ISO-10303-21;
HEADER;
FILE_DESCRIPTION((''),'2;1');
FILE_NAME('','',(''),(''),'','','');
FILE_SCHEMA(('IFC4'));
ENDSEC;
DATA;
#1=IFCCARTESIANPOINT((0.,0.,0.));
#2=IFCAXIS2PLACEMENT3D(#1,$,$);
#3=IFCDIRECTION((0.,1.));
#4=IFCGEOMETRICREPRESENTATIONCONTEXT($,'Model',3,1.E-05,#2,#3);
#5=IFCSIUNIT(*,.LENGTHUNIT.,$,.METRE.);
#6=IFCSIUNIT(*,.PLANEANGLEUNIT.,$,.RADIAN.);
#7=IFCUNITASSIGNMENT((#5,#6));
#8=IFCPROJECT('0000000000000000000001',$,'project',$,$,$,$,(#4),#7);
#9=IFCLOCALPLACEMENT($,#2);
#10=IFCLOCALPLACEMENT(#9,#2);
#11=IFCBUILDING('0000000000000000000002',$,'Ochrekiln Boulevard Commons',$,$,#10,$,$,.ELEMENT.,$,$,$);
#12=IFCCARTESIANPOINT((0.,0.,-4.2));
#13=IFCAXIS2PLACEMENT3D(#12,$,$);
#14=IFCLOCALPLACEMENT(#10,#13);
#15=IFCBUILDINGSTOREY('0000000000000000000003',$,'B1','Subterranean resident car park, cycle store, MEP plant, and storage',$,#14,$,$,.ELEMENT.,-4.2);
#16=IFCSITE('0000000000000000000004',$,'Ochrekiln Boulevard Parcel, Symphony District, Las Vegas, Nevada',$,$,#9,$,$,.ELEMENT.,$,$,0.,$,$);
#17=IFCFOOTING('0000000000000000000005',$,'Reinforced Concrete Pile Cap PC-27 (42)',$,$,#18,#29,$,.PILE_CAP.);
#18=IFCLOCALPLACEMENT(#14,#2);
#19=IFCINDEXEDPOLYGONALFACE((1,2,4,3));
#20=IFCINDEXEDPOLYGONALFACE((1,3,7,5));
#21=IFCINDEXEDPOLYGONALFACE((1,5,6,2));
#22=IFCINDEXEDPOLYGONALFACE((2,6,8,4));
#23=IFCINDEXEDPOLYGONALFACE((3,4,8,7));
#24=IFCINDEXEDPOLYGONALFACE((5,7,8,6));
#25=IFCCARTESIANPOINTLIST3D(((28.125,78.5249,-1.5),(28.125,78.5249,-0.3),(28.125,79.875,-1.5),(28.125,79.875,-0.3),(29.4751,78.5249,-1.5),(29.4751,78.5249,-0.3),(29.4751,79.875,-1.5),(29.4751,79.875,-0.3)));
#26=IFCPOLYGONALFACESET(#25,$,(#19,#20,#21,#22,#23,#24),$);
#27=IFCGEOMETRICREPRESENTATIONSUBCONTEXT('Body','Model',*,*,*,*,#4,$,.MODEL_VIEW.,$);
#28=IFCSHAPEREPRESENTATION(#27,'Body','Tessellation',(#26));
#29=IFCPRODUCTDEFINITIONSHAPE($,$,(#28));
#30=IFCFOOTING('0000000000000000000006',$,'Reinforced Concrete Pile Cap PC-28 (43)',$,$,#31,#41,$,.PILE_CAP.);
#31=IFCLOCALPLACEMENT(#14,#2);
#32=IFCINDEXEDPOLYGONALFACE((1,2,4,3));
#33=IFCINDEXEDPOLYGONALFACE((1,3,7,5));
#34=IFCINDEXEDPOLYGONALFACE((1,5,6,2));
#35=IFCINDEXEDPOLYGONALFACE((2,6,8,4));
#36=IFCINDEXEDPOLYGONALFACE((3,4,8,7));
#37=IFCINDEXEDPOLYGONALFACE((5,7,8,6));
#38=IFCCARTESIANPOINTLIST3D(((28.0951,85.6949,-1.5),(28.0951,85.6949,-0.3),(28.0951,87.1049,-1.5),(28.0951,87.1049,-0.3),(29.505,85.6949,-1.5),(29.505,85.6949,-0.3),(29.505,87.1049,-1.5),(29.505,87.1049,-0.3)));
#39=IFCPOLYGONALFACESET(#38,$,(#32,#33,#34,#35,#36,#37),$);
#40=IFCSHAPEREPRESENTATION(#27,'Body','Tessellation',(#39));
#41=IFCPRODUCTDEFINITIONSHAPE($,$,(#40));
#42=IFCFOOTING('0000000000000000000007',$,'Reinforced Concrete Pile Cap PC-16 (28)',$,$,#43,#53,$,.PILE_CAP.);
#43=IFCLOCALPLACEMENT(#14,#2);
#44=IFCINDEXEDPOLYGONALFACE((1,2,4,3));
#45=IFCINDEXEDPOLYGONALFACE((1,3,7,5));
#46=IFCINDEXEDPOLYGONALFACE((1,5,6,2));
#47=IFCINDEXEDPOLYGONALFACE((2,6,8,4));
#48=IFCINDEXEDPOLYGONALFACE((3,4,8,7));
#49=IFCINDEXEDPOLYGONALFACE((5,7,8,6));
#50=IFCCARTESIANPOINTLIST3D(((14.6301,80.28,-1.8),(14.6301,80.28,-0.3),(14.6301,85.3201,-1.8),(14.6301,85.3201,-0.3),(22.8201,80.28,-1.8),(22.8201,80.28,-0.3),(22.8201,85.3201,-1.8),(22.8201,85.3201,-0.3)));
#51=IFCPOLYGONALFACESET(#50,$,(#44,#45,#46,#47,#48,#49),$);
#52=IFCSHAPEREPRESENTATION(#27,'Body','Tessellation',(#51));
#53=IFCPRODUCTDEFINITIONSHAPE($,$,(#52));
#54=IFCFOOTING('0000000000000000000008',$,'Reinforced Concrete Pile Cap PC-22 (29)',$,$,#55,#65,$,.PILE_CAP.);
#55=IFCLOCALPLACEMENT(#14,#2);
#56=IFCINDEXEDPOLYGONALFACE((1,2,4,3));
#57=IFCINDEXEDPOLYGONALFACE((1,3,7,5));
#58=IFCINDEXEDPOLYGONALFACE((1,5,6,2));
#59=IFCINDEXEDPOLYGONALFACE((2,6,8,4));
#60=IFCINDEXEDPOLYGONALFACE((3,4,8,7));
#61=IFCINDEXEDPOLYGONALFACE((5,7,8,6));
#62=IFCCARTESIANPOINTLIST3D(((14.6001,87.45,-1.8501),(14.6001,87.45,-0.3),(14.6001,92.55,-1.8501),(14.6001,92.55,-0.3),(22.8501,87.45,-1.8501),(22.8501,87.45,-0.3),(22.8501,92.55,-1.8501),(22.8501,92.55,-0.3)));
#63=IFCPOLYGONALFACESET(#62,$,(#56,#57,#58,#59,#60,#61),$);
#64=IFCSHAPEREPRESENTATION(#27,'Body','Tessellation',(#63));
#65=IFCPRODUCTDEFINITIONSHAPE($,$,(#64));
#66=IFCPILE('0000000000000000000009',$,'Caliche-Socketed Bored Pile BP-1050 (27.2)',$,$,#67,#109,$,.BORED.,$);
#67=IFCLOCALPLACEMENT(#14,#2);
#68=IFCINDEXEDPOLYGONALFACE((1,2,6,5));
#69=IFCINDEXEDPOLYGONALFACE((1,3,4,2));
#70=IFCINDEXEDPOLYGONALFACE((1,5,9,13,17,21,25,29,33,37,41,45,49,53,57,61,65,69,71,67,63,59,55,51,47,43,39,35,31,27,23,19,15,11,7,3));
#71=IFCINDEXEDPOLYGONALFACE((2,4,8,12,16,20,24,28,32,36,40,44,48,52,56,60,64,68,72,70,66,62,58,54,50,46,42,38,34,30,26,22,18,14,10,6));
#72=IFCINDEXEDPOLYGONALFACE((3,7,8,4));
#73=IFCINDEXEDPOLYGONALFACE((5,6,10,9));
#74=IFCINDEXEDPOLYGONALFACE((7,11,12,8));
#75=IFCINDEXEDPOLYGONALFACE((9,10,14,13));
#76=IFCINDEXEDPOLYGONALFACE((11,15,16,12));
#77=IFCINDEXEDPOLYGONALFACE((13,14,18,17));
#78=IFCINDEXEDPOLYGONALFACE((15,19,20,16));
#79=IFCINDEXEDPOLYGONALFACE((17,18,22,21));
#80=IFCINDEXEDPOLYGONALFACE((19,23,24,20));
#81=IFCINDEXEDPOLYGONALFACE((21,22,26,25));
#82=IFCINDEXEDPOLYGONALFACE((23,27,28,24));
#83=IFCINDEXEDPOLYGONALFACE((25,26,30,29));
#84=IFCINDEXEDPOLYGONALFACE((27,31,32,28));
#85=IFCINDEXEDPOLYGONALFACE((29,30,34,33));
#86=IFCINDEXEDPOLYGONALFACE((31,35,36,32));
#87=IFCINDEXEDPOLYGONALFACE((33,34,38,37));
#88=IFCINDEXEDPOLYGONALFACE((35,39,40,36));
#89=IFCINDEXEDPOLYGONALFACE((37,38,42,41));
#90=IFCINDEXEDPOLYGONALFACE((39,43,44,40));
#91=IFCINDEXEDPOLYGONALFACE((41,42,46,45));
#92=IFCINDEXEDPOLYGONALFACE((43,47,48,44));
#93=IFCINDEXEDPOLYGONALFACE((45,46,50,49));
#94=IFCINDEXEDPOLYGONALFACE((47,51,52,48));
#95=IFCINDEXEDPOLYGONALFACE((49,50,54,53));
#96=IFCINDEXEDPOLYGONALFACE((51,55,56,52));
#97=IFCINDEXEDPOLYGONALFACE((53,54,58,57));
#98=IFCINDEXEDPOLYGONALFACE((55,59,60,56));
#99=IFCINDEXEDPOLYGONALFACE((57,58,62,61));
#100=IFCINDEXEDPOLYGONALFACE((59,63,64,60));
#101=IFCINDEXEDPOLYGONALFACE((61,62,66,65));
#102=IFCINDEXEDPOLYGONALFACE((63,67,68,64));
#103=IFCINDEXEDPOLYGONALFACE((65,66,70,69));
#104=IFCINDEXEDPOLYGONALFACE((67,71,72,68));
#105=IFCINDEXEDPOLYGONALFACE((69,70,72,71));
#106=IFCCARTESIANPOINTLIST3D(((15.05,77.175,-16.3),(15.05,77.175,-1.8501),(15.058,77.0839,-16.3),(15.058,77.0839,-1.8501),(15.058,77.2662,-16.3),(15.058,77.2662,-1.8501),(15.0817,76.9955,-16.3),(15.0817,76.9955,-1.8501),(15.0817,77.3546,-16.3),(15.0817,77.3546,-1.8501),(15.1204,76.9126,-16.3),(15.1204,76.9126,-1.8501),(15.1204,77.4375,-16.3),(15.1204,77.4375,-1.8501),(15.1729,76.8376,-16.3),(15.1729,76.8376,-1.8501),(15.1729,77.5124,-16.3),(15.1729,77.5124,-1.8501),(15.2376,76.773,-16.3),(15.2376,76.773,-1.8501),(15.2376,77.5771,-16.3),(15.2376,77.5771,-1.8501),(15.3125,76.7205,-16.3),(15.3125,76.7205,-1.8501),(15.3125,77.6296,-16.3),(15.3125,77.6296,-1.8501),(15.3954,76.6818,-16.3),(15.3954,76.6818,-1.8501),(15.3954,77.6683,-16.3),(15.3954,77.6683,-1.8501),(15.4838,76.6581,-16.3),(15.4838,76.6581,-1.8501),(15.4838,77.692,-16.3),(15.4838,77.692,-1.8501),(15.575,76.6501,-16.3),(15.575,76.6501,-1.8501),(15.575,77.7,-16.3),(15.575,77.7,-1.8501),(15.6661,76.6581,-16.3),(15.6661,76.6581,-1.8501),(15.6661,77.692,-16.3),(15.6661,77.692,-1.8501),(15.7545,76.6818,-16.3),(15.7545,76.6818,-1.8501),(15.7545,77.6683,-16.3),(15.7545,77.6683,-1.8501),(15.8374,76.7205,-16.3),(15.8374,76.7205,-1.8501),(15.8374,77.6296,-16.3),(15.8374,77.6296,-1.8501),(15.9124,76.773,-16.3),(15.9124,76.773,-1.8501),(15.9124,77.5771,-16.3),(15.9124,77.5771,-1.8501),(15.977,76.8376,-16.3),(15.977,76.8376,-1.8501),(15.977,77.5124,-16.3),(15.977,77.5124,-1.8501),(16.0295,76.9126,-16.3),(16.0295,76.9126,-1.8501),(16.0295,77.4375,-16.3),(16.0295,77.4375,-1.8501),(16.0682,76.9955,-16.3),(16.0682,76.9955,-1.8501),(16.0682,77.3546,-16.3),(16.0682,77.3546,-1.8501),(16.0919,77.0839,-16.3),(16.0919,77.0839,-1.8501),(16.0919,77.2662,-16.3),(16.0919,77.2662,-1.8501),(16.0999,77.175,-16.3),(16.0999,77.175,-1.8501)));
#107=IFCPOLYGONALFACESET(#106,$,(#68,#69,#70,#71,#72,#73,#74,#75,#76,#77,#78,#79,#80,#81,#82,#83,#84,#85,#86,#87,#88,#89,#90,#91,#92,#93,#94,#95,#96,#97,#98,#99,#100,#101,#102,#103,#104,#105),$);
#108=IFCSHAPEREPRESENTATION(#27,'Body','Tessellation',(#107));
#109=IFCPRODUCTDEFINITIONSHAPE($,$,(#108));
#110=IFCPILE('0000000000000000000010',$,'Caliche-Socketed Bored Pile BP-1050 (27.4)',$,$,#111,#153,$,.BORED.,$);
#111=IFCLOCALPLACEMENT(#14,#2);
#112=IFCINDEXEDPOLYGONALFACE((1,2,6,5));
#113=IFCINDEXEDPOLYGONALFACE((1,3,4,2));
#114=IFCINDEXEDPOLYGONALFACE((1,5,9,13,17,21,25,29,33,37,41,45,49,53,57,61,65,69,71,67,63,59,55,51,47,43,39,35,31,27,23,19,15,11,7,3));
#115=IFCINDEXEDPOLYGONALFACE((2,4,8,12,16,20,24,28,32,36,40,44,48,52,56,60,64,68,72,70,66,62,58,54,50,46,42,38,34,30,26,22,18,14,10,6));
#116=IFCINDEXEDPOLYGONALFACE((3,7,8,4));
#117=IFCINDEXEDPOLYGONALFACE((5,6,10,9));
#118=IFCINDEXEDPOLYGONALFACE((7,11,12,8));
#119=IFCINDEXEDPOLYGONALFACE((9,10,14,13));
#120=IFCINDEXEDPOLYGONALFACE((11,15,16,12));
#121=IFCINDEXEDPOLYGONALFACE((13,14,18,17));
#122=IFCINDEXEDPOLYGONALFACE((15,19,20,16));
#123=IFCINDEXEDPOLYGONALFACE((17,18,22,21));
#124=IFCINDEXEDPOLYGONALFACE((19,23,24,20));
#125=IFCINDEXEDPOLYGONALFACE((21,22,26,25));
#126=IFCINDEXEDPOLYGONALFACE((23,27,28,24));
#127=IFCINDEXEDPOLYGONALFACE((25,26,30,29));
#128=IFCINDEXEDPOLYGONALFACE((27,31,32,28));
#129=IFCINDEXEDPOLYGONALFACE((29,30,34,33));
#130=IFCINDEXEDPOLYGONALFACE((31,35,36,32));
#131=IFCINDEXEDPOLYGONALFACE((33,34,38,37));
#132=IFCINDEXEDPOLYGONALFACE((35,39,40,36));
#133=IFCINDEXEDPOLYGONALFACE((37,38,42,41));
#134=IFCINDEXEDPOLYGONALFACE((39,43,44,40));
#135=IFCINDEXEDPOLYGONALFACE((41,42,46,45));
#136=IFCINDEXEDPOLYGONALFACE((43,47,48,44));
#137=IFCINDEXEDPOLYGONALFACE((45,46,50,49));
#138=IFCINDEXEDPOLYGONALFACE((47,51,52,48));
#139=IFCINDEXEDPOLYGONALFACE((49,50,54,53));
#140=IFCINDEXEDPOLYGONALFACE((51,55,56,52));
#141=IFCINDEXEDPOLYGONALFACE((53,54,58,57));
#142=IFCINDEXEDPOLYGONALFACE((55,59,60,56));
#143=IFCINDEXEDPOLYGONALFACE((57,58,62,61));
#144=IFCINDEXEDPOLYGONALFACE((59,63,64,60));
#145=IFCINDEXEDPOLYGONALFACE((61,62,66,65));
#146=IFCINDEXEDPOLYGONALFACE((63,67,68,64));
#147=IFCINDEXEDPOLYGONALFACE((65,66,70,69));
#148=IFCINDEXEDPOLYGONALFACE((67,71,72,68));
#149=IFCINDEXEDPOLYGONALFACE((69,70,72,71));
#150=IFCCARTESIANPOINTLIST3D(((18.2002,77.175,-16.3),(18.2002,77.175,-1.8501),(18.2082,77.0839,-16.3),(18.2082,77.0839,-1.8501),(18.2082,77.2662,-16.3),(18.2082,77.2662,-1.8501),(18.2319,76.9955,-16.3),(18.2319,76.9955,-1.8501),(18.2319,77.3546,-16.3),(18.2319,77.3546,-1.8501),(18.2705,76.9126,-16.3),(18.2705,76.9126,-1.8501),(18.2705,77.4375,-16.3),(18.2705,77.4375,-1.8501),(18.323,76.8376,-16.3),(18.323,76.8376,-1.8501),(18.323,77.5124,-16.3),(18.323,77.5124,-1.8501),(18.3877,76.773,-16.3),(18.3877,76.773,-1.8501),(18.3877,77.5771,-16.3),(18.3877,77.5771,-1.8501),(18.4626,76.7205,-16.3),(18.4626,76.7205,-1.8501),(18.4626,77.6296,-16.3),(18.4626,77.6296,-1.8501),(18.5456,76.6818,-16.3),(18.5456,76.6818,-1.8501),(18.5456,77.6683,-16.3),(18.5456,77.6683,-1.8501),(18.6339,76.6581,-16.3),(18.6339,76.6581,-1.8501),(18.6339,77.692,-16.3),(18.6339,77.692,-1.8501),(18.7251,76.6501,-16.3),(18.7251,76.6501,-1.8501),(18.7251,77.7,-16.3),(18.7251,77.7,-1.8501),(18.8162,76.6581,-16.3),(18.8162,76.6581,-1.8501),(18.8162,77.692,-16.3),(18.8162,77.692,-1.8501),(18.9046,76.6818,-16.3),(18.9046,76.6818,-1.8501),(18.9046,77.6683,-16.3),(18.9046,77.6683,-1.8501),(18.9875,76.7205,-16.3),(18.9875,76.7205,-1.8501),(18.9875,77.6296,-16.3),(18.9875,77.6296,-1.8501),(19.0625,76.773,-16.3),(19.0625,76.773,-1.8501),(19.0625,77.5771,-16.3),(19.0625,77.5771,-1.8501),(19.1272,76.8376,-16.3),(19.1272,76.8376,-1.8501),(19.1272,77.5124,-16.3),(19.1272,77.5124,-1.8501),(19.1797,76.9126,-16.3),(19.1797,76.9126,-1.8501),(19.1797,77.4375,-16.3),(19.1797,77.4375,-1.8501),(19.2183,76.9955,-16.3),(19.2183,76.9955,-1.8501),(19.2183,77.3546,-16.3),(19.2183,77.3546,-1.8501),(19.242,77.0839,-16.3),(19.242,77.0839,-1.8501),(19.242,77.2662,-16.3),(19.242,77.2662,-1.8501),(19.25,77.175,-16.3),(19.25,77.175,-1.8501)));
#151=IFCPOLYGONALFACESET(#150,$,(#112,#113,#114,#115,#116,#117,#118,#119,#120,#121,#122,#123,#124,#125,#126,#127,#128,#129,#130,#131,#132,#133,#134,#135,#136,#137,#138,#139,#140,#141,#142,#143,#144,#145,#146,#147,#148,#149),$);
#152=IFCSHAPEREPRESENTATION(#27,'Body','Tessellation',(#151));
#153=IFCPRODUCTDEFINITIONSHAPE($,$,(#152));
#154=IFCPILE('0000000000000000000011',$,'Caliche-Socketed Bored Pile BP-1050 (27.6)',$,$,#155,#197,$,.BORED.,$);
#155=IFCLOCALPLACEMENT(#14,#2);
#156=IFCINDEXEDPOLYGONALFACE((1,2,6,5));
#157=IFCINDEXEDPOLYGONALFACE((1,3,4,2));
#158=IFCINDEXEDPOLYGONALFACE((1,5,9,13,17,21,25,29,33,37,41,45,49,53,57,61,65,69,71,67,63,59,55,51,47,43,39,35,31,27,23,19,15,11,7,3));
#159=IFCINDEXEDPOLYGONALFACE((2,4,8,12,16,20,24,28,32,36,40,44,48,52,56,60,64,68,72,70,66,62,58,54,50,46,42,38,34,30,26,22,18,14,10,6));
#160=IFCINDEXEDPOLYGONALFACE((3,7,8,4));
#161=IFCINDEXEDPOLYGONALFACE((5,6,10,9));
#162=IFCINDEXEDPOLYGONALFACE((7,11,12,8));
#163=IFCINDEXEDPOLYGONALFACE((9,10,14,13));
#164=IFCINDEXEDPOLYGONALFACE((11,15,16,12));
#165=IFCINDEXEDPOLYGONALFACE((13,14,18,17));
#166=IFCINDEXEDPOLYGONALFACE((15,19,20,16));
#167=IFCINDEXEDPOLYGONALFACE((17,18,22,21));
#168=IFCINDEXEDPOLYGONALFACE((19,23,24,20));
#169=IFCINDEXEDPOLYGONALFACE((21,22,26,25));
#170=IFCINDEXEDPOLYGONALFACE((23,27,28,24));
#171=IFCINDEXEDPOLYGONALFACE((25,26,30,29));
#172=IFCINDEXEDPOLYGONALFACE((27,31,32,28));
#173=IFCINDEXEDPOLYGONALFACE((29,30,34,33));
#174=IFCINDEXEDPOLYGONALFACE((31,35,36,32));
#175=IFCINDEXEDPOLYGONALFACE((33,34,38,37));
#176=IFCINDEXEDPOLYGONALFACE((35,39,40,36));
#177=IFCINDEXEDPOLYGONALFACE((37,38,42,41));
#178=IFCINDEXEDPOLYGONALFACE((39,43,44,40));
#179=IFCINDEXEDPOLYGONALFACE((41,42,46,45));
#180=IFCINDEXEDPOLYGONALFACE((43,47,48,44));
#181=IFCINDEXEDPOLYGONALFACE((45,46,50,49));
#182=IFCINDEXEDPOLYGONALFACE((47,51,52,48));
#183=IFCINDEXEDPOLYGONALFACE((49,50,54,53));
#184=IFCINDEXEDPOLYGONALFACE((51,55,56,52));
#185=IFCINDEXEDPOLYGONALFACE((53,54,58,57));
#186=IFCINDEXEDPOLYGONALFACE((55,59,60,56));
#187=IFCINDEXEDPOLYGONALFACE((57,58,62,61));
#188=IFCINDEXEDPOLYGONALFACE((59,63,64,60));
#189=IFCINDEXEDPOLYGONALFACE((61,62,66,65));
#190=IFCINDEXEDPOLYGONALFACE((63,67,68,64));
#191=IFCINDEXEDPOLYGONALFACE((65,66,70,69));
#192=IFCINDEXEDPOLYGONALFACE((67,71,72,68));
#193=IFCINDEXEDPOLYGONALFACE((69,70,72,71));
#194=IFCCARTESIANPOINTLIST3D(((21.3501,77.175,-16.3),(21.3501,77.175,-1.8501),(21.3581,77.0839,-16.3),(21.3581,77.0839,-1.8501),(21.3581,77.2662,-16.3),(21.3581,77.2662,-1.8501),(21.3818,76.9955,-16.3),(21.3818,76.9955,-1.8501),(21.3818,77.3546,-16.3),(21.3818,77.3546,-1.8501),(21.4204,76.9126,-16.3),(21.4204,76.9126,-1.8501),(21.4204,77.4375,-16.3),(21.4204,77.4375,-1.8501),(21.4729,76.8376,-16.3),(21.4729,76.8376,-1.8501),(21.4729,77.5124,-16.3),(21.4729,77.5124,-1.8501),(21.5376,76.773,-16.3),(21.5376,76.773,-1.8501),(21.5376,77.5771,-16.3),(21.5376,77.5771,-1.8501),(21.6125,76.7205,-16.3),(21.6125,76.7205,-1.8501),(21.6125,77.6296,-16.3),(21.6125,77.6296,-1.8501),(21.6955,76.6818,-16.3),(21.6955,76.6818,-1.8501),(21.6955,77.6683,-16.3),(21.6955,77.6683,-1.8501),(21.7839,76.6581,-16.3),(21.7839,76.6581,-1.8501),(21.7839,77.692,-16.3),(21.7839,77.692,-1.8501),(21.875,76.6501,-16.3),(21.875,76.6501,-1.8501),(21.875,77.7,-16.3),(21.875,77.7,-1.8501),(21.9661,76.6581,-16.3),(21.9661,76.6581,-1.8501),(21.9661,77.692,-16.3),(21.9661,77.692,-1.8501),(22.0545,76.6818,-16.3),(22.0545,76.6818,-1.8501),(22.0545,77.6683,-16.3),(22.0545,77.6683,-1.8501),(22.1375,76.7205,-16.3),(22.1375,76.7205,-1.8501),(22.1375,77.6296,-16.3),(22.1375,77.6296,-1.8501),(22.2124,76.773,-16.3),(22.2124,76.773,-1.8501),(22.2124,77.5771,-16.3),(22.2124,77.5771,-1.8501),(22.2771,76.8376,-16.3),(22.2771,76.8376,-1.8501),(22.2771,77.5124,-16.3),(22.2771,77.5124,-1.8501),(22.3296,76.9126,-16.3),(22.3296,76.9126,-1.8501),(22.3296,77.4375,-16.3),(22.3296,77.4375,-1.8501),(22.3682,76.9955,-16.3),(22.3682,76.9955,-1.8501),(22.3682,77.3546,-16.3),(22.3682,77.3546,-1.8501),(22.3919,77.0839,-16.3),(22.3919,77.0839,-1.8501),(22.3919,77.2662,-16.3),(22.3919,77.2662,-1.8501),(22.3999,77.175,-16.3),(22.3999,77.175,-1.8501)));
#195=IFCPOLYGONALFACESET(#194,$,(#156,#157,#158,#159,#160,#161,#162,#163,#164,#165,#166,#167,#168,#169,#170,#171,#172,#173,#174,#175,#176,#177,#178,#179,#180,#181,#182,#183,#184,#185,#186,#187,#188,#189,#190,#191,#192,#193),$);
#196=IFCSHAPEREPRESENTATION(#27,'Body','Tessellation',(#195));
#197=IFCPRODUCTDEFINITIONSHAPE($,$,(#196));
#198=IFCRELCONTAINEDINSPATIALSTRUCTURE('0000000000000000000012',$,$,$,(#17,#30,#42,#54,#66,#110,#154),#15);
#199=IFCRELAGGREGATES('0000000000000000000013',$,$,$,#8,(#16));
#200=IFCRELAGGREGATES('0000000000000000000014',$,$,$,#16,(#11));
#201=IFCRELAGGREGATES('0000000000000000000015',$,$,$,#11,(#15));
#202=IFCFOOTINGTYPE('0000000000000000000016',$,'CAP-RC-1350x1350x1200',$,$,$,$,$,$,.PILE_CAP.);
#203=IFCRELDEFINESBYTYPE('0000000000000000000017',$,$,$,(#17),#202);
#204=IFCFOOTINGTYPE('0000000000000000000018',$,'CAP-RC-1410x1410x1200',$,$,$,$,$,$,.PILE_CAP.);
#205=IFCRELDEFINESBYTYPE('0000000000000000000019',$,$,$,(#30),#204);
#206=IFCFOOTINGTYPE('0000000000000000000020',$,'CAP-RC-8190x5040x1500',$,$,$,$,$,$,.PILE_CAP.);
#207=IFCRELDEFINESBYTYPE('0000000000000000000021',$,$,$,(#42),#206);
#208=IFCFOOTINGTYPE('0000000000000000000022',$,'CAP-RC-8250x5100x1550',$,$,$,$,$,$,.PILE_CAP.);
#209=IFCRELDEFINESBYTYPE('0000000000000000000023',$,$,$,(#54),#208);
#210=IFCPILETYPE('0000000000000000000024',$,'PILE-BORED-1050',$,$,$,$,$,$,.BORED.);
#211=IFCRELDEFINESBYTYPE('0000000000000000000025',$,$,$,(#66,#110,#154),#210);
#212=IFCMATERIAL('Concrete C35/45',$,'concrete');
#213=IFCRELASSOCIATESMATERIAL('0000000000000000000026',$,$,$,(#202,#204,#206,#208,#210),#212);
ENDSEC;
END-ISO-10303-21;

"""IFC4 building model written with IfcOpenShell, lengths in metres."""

from ifc_helpers import new_model, si_unit, direction, frame, origin, origin_2d, place, context, subcontext, project, spatial, rectangle, circle, extrude, material, material_profile, profile_set, type_object, element, save


model = new_model("IFC4")

# Units and contexts
model_context = context("Model", 3, precision=1e-05, world=origin(), true_north=direction((0.0, 1.0)))
body_context = subcontext(model_context, "Body", "Model", "MODEL_VIEW")
ifc_project = project(units=[si_unit("LENGTHUNIT", "METRE"), si_unit("PLANEANGLEUNIT", "RADIAN")], contexts=[model_context])

# Site, building, storey
site_placement = place(None, origin())
site = spatial("IfcSite", under=ifc_project, at=site_placement, Name="Ochrekiln Boulevard Parcel, Symphony District, Las Vegas, Nevada", CompositionType="ELEMENT", RefElevation=0.0)
building_placement = place(site_placement, origin())
building = spatial("IfcBuilding", under=site, at=building_placement, Name="Ochrekiln Boulevard Commons", CompositionType="ELEMENT")
storey_placement = place(building_placement, frame((0.0, 0.0, -4.2)))
storey = spatial("IfcBuildingStorey", under=building, at=storey_placement, Name="B1", Description="Subterranean resident car park, cycle store, MEP plant, and storage", CompositionType="ELEMENT", Elevation=-4.2)

# Footings
ifc_material_1 = material(Name="Concrete C35/45", Category="concrete")
footing_type_1 = type_object("IfcFootingType", Name="CAP-RC-1350x1350x1200", PredefinedType="PILE_CAP", material=ifc_material_1)
footing_1_placement = place(storey_placement, frame((28.8, 79.2, -1.5), z_axis=(0.0, 0.0, 1.0), x_axis=(1.0, 0.0, 0.0)))
element("IfcFooting", 1, at=footing_1_placement, inside=storey, type_object=footing_type_1, Name="Reinforced Concrete Pile Cap PC-27 (42)", PredefinedType="PILE_CAP", context=body_context, shape_type="SweptSolid", body=[
    extrude(rectangle(XDim=1.3501, YDim=1.3501, at=origin_2d()), origin(), (0.0, 0.0, 1.0), 1.2),
])
footing_type_2 = type_object("IfcFootingType", Name="CAP-RC-1410x1410x1200", PredefinedType="PILE_CAP", material=ifc_material_1)
footing_2_placement = place(storey_placement, frame((28.8, 86.3999, -1.5), z_axis=(0.0, 0.0, 1.0), x_axis=(1.0, 0.0, 0.0)))
element("IfcFooting", 2, at=footing_2_placement, inside=storey, type_object=footing_type_2, Name="Reinforced Concrete Pile Cap PC-28 (43)", PredefinedType="PILE_CAP", context=body_context, shape_type="SweptSolid", body=[
    extrude(rectangle(XDim=1.4099, YDim=1.4099, at=origin_2d()), origin(), (0.0, 0.0, 1.0), 1.2),
])
footing_type_3 = type_object("IfcFootingType", Name="CAP-RC-8190x5040x1500", PredefinedType="PILE_CAP", material=ifc_material_1)
footing_3_placement = place(storey_placement, frame((18.7251, 82.8, -1.8), z_axis=(0.0, 0.0, 1.0), x_axis=(1.0, 0.0, 0.0)))
element("IfcFooting", 3, at=footing_3_placement, inside=storey, type_object=footing_type_3, Name="Reinforced Concrete Pile Cap PC-16 (28)", PredefinedType="PILE_CAP", context=body_context, shape_type="SweptSolid", body=[
    extrude(rectangle(XDim=8.1899, YDim=5.04, at=origin_2d()), origin(), (0.0, 0.0, 1.0), 1.5),
])
footing_type_4 = type_object("IfcFootingType", Name="CAP-RC-8250x5100x1550", PredefinedType="PILE_CAP", material=ifc_material_1)
footing_4_placement = place(storey_placement, frame((18.7251, 90.0, -1.8501), z_axis=(0.0, 0.0, 1.0), x_axis=(1.0, 0.0, 0.0)))
element("IfcFooting", 4, at=footing_4_placement, inside=storey, type_object=footing_type_4, Name="Reinforced Concrete Pile Cap PC-22 (29)", PredefinedType="PILE_CAP", context=body_context, shape_type="SweptSolid", body=[
    extrude(rectangle(XDim=8.25, YDim=5.1001, at=origin_2d()), origin(), (0.0, 0.0, 1.0), 1.55),
])

# Piles
ifc_material_profile_1 = material_profile(ifc_material_1, circle(Radius=0.5249, at=origin_2d()), Name="PILE-D1050")
ifc_profile_set_1 = profile_set([ifc_material_profile_1], Name="Concrete C35/45")
pile_type_1 = type_object("IfcPileType", Name="PILE-BORED-1050", PredefinedType="BORED", material=ifc_profile_set_1)
for number, where, z_axis, x_axis, name in (
    (5, (15.575, 77.175, -1.8501), (0.0, 0.0, -1.0), (1.0, 0.0, 0.0), "Caliche-Socketed Bored Pile BP-1050 (27.2)"),
    (6, (18.7251, 77.175, -1.8501), (0.0, 0.0, -1.0), (1.0, 0.0, 0.0), "Caliche-Socketed Bored Pile BP-1050 (27.4)"),
    (7, (21.875, 77.175, -1.8501), (0.0, 0.0, -1.0), (1.0, 0.0, 0.0), "Caliche-Socketed Bored Pile BP-1050 (27.6)"),
):
    element("IfcPile", number, at=place(storey_placement, frame(where, z_axis=z_axis, x_axis=x_axis)), inside=storey, type_object=pile_type_1, Name=name, PredefinedType="BORED", context=body_context, shape_type="SweptSolid", body=[
        extrude(circle(Radius=0.5249, at=origin_2d()), origin(), (0.0, 0.0, 1.0), 14.45),
    ])

save(model, "model.ifc")
